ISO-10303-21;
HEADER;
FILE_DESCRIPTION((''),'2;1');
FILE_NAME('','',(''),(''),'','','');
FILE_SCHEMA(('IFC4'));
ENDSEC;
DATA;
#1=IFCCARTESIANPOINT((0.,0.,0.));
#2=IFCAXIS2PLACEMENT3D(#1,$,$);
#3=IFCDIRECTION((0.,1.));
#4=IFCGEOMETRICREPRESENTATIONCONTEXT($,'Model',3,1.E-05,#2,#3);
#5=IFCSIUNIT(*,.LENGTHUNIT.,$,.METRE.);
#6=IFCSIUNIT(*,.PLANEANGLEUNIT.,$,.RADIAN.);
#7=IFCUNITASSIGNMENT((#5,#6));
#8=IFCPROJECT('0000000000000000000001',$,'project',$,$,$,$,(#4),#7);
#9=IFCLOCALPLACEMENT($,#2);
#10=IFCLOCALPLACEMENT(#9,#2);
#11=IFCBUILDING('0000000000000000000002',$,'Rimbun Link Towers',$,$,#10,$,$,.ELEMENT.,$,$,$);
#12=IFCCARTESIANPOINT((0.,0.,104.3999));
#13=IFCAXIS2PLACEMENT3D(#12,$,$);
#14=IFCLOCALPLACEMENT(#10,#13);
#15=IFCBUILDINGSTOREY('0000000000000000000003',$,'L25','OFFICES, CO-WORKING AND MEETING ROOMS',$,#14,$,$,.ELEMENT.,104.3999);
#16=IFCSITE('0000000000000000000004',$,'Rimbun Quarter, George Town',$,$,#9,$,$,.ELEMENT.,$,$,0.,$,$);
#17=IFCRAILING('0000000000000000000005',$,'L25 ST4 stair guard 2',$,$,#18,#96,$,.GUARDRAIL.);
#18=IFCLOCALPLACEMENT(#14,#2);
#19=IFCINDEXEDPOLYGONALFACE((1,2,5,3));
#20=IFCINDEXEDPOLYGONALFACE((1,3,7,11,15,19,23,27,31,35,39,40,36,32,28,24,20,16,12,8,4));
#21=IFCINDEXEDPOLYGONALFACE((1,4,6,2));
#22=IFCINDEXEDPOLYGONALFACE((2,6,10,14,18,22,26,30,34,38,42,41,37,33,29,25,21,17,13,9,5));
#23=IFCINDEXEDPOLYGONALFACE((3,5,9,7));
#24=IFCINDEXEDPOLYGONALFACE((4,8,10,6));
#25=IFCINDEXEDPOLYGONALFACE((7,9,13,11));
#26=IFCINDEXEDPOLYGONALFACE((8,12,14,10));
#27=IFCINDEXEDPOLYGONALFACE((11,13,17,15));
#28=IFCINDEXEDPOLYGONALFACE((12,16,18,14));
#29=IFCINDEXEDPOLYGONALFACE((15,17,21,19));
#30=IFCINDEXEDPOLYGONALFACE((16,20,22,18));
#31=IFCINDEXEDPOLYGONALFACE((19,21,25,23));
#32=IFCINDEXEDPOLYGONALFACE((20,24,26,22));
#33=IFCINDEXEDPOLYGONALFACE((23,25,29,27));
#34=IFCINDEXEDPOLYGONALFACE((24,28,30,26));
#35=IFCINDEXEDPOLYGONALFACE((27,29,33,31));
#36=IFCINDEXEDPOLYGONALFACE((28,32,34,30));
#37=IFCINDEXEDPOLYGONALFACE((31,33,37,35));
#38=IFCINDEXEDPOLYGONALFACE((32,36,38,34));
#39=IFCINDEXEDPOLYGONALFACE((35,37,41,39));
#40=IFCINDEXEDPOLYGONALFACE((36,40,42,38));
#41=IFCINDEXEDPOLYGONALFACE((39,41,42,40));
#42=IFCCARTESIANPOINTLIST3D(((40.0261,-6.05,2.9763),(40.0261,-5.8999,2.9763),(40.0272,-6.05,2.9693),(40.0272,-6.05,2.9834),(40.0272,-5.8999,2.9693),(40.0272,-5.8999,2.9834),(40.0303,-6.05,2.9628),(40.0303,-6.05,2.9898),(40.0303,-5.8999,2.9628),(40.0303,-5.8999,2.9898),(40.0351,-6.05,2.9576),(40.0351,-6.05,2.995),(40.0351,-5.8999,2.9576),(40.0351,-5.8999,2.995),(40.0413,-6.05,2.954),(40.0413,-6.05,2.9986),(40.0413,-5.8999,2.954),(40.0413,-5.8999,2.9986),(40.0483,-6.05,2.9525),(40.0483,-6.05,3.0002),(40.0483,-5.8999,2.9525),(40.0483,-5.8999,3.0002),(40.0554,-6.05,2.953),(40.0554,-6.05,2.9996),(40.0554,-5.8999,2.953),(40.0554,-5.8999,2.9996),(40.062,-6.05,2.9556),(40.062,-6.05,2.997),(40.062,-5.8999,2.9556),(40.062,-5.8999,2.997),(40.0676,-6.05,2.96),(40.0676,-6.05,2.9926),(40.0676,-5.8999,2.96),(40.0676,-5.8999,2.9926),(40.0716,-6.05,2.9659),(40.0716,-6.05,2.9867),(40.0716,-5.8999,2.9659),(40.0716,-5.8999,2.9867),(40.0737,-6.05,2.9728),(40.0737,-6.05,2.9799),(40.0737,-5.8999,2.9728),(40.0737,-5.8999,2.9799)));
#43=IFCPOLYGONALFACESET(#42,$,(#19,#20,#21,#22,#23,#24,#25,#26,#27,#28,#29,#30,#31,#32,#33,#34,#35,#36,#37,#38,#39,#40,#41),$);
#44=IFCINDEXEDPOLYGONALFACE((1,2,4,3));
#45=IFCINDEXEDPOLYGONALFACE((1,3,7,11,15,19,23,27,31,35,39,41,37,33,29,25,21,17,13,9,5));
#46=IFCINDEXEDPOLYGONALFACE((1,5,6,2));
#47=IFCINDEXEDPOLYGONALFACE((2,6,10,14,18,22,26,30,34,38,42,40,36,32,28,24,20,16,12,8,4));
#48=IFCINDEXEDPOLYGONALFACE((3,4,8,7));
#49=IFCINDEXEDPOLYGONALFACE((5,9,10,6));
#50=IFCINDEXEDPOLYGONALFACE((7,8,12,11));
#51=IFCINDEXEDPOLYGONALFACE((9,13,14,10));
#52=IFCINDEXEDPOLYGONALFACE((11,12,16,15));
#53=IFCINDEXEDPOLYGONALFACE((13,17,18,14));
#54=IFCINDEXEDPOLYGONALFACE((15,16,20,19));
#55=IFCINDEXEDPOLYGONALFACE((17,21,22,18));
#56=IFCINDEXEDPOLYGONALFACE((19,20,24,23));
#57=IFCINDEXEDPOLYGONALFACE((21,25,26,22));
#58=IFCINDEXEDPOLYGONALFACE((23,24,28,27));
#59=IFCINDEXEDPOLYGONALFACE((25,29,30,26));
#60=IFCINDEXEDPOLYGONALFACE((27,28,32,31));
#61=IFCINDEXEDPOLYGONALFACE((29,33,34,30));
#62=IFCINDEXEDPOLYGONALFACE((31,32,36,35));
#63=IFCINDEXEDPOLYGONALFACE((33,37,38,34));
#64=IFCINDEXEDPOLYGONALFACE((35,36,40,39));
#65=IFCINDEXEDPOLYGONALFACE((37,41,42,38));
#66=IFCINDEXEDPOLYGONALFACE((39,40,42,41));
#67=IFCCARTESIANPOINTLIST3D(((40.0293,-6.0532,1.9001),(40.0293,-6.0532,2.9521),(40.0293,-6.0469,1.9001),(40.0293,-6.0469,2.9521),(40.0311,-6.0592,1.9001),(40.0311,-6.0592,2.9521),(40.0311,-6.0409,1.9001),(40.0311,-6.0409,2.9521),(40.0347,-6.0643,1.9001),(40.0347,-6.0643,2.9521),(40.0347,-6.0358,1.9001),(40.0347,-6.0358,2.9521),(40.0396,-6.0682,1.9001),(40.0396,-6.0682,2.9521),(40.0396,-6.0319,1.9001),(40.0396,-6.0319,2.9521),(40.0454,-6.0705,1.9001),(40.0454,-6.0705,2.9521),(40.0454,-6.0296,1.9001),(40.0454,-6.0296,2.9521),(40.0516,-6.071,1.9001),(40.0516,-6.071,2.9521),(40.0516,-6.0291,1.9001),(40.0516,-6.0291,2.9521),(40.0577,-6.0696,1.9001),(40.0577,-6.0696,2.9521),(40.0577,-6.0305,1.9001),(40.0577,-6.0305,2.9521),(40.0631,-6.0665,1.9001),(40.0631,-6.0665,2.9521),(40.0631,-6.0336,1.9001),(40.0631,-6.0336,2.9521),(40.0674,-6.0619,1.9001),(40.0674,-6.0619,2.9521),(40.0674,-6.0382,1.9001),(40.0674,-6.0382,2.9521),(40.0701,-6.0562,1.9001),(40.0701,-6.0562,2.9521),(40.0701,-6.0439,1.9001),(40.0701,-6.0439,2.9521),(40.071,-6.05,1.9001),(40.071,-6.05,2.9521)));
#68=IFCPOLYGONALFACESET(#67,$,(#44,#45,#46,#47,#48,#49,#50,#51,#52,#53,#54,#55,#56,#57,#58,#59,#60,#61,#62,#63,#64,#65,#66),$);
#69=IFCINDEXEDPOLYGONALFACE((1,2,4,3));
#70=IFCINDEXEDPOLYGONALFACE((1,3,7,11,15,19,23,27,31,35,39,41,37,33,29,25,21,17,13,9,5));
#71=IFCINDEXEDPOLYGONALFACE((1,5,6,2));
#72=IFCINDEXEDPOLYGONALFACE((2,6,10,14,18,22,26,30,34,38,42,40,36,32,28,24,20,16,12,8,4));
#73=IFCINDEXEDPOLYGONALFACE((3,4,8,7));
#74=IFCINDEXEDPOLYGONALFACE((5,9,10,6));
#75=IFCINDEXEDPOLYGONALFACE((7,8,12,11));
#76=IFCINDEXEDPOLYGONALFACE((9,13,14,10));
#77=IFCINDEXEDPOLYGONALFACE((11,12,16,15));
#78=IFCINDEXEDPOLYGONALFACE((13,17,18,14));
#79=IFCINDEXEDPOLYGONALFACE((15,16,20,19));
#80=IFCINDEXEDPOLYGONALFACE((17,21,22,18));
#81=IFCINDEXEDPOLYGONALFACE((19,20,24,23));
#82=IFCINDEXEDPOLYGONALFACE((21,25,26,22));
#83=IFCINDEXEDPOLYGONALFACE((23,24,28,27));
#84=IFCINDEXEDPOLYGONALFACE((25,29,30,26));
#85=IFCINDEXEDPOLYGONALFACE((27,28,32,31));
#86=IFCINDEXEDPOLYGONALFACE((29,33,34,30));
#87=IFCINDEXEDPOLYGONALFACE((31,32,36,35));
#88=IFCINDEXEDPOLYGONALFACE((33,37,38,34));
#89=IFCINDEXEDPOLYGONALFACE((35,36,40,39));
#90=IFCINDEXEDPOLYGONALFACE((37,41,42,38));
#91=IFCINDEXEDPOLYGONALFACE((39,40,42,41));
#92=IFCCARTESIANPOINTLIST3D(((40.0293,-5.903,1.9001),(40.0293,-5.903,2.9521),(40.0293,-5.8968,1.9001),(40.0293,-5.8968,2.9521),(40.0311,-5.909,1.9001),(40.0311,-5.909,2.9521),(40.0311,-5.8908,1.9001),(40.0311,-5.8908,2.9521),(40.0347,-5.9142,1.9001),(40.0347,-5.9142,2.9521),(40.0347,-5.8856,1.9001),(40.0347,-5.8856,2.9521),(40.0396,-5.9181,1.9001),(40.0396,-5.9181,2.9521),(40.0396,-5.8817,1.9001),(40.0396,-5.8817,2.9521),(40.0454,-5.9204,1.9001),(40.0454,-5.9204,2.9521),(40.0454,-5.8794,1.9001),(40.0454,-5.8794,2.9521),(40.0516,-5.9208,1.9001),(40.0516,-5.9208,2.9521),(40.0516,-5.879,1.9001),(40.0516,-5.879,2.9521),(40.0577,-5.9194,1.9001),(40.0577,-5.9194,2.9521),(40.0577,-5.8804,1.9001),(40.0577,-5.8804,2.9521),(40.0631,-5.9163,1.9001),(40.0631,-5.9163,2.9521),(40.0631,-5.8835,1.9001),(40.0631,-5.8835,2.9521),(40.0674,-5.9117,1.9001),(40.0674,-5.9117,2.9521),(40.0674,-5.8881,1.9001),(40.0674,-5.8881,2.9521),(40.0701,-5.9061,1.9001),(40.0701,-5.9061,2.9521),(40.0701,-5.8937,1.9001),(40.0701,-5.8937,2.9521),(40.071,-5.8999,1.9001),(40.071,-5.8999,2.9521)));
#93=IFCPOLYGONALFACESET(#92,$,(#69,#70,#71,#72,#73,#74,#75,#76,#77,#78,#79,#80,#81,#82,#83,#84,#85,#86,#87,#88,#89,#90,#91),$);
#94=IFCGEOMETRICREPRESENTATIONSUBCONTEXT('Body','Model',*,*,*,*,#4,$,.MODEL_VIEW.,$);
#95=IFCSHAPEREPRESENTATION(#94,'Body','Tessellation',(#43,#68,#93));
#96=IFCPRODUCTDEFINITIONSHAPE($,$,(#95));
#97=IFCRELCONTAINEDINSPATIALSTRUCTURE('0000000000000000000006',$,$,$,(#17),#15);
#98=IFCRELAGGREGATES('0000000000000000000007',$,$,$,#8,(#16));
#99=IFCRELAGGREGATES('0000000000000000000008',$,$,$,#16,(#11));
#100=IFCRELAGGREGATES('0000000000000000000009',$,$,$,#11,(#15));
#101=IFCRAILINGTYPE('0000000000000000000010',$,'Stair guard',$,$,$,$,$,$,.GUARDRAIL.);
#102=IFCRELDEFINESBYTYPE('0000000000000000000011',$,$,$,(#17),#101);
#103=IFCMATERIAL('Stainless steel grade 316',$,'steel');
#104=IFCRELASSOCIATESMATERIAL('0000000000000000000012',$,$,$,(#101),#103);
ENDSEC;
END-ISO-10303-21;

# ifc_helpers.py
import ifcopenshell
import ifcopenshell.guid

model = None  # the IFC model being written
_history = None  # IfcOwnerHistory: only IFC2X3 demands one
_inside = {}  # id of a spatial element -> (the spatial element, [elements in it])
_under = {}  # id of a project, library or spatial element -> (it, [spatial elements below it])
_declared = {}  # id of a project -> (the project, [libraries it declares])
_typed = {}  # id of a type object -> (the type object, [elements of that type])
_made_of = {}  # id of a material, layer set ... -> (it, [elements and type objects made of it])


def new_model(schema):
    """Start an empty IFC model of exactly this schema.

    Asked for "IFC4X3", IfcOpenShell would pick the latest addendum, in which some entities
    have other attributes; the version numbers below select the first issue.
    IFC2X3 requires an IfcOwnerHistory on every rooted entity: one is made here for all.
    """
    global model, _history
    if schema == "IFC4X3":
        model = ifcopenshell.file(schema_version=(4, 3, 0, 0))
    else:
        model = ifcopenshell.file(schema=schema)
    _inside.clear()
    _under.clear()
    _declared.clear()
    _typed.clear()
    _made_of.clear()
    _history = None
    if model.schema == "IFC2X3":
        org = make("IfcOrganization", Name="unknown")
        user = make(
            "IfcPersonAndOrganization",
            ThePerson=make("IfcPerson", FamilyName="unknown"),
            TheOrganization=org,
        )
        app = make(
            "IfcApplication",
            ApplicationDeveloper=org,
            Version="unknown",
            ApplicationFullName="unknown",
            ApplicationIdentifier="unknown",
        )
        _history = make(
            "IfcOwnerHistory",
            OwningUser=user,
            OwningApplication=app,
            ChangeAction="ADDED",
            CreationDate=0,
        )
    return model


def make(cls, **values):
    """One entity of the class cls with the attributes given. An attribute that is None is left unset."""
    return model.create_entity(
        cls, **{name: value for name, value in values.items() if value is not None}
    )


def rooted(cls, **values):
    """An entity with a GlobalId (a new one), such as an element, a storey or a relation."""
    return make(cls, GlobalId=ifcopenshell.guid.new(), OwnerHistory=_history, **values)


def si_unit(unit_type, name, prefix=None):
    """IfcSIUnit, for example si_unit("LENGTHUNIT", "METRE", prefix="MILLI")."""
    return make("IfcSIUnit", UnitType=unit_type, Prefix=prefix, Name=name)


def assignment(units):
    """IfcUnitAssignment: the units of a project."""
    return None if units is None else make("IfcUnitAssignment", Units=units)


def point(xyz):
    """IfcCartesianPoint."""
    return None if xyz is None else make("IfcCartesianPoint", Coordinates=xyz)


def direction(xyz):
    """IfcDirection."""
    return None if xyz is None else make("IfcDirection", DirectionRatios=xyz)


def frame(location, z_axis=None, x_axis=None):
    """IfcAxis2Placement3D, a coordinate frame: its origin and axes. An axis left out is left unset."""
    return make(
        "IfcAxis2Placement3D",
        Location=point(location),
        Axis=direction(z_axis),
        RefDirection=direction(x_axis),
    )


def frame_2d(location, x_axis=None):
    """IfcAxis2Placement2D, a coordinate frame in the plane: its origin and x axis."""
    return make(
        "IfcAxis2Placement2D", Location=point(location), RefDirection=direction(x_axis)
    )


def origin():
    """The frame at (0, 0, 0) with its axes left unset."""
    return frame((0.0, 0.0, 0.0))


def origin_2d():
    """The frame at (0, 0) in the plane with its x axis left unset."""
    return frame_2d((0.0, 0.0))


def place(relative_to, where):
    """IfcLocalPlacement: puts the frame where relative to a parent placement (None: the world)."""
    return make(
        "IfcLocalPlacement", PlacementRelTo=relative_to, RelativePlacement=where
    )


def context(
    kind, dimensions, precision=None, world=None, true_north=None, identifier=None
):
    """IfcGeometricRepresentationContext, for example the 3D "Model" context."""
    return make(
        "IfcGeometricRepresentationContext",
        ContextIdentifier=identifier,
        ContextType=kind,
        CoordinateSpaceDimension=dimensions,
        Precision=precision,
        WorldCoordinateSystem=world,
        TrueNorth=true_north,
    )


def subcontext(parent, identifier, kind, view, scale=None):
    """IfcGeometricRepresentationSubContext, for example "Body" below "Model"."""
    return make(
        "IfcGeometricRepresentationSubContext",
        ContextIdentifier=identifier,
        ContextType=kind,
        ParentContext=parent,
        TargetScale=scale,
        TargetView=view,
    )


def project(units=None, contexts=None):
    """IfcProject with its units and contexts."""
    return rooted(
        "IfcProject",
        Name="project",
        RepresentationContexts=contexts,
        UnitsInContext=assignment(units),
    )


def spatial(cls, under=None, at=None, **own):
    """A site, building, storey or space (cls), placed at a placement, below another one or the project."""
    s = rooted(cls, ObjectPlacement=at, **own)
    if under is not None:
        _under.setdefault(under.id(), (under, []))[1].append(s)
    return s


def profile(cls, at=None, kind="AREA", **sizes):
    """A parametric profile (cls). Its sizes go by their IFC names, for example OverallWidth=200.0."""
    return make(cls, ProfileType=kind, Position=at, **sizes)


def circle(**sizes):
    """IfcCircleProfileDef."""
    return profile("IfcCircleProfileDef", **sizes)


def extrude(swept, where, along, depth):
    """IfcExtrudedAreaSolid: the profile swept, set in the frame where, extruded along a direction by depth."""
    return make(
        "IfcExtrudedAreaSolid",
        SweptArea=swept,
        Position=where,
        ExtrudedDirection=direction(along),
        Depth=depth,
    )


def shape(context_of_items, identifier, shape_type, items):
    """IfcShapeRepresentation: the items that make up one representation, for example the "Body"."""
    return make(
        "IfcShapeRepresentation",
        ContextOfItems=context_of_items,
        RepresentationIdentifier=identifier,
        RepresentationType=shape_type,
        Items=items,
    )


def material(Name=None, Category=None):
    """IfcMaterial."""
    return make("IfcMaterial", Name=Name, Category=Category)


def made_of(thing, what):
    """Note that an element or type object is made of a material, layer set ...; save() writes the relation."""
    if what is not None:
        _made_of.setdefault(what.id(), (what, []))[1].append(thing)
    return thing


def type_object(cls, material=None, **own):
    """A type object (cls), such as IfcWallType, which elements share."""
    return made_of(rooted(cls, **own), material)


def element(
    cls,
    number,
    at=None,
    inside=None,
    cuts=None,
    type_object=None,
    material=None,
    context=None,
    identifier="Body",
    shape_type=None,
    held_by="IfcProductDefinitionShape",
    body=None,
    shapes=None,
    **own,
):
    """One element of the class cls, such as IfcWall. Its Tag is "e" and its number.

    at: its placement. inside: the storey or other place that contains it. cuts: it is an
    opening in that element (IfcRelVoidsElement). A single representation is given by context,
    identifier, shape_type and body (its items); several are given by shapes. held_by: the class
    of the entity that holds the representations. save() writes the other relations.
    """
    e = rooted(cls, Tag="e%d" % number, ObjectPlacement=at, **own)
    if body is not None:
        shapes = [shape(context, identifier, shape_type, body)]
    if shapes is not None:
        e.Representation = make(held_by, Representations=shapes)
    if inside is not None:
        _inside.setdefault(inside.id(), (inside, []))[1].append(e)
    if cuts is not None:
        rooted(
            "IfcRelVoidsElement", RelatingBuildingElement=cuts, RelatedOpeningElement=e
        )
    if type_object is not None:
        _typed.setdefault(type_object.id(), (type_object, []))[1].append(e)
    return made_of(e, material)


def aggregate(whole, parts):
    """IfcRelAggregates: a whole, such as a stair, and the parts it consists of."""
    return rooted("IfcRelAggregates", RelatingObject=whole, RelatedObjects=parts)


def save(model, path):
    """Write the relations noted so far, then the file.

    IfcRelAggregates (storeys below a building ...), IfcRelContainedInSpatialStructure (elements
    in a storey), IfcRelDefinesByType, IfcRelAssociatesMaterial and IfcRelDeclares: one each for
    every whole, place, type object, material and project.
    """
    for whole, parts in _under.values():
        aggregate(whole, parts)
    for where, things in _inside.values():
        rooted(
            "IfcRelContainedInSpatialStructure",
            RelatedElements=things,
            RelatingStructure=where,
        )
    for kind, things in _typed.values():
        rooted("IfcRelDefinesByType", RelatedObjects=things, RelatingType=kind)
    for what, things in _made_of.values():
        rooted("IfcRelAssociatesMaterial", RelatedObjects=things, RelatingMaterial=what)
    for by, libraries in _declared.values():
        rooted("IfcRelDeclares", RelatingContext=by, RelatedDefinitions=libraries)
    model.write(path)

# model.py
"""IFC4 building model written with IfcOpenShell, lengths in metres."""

from ifc_helpers import new_model, si_unit, direction, frame, origin, origin_2d, place, context, subcontext, project, spatial, circle, extrude, material, type_object, element, save


model = new_model("IFC4")

# Units and contexts
model_context = context("Model", 3, precision=1e-05, world=origin(), true_north=direction((0.0, 1.0)))
body_context = subcontext(model_context, "Body", "Model", "MODEL_VIEW")
ifc_project = project(units=[si_unit("LENGTHUNIT", "METRE"), si_unit("PLANEANGLEUNIT", "RADIAN")], contexts=[model_context])

# Site, building, storey
site_placement = place(None, origin())
site = spatial("IfcSite", under=ifc_project, at=site_placement, Name="Rimbun Quarter, George Town", CompositionType="ELEMENT", RefElevation=0.0)
building_placement = place(site_placement, origin())
building = spatial("IfcBuilding", under=site, at=building_placement, Name="Rimbun Link Towers", CompositionType="ELEMENT")
storey_placement = place(building_placement, frame((0.0, 0.0, 104.3999)))
storey = spatial("IfcBuildingStorey", under=building, at=storey_placement, Name="L25", Description="OFFICES, CO-WORKING AND MEETING ROOMS", CompositionType="ELEMENT", Elevation=104.3999)

# Railing
ifc_material_1 = material(Name="Stainless steel grade 316", Category="steel")
railing_type_1 = type_object("IfcRailingType", Name="Stair guard", PredefinedType="GUARDRAIL", material=ifc_material_1)
railing_1_placement = place(storey_placement, frame((40.05, -6.05, 1.9001)))
element("IfcRailing", 1, at=railing_1_placement, inside=storey, type_object=railing_type_1, Name="L25 ST4 stair guard 2", PredefinedType="GUARDRAIL", context=body_context, shape_type="SweptSolid", body=[
    extrude(circle(Radius=0.0239, at=origin_2d()), frame((0.0, 0.0, 1.0762), z_axis=(0.0, 1.0, 0.0), x_axis=(-1.0, 0.0, 0.0)), (0.0, 0.0, 1.0), 0.1501),
    extrude(circle(Radius=0.021, at=origin_2d()), origin(), (0.0, 0.0, 1.0), 1.052),
    extrude(circle(Radius=0.021, at=origin_2d()), frame((0.0, 0.1501, 0.0)), (0.0, 0.0, 1.0), 1.052),
])

save(model, "model.ifc")
